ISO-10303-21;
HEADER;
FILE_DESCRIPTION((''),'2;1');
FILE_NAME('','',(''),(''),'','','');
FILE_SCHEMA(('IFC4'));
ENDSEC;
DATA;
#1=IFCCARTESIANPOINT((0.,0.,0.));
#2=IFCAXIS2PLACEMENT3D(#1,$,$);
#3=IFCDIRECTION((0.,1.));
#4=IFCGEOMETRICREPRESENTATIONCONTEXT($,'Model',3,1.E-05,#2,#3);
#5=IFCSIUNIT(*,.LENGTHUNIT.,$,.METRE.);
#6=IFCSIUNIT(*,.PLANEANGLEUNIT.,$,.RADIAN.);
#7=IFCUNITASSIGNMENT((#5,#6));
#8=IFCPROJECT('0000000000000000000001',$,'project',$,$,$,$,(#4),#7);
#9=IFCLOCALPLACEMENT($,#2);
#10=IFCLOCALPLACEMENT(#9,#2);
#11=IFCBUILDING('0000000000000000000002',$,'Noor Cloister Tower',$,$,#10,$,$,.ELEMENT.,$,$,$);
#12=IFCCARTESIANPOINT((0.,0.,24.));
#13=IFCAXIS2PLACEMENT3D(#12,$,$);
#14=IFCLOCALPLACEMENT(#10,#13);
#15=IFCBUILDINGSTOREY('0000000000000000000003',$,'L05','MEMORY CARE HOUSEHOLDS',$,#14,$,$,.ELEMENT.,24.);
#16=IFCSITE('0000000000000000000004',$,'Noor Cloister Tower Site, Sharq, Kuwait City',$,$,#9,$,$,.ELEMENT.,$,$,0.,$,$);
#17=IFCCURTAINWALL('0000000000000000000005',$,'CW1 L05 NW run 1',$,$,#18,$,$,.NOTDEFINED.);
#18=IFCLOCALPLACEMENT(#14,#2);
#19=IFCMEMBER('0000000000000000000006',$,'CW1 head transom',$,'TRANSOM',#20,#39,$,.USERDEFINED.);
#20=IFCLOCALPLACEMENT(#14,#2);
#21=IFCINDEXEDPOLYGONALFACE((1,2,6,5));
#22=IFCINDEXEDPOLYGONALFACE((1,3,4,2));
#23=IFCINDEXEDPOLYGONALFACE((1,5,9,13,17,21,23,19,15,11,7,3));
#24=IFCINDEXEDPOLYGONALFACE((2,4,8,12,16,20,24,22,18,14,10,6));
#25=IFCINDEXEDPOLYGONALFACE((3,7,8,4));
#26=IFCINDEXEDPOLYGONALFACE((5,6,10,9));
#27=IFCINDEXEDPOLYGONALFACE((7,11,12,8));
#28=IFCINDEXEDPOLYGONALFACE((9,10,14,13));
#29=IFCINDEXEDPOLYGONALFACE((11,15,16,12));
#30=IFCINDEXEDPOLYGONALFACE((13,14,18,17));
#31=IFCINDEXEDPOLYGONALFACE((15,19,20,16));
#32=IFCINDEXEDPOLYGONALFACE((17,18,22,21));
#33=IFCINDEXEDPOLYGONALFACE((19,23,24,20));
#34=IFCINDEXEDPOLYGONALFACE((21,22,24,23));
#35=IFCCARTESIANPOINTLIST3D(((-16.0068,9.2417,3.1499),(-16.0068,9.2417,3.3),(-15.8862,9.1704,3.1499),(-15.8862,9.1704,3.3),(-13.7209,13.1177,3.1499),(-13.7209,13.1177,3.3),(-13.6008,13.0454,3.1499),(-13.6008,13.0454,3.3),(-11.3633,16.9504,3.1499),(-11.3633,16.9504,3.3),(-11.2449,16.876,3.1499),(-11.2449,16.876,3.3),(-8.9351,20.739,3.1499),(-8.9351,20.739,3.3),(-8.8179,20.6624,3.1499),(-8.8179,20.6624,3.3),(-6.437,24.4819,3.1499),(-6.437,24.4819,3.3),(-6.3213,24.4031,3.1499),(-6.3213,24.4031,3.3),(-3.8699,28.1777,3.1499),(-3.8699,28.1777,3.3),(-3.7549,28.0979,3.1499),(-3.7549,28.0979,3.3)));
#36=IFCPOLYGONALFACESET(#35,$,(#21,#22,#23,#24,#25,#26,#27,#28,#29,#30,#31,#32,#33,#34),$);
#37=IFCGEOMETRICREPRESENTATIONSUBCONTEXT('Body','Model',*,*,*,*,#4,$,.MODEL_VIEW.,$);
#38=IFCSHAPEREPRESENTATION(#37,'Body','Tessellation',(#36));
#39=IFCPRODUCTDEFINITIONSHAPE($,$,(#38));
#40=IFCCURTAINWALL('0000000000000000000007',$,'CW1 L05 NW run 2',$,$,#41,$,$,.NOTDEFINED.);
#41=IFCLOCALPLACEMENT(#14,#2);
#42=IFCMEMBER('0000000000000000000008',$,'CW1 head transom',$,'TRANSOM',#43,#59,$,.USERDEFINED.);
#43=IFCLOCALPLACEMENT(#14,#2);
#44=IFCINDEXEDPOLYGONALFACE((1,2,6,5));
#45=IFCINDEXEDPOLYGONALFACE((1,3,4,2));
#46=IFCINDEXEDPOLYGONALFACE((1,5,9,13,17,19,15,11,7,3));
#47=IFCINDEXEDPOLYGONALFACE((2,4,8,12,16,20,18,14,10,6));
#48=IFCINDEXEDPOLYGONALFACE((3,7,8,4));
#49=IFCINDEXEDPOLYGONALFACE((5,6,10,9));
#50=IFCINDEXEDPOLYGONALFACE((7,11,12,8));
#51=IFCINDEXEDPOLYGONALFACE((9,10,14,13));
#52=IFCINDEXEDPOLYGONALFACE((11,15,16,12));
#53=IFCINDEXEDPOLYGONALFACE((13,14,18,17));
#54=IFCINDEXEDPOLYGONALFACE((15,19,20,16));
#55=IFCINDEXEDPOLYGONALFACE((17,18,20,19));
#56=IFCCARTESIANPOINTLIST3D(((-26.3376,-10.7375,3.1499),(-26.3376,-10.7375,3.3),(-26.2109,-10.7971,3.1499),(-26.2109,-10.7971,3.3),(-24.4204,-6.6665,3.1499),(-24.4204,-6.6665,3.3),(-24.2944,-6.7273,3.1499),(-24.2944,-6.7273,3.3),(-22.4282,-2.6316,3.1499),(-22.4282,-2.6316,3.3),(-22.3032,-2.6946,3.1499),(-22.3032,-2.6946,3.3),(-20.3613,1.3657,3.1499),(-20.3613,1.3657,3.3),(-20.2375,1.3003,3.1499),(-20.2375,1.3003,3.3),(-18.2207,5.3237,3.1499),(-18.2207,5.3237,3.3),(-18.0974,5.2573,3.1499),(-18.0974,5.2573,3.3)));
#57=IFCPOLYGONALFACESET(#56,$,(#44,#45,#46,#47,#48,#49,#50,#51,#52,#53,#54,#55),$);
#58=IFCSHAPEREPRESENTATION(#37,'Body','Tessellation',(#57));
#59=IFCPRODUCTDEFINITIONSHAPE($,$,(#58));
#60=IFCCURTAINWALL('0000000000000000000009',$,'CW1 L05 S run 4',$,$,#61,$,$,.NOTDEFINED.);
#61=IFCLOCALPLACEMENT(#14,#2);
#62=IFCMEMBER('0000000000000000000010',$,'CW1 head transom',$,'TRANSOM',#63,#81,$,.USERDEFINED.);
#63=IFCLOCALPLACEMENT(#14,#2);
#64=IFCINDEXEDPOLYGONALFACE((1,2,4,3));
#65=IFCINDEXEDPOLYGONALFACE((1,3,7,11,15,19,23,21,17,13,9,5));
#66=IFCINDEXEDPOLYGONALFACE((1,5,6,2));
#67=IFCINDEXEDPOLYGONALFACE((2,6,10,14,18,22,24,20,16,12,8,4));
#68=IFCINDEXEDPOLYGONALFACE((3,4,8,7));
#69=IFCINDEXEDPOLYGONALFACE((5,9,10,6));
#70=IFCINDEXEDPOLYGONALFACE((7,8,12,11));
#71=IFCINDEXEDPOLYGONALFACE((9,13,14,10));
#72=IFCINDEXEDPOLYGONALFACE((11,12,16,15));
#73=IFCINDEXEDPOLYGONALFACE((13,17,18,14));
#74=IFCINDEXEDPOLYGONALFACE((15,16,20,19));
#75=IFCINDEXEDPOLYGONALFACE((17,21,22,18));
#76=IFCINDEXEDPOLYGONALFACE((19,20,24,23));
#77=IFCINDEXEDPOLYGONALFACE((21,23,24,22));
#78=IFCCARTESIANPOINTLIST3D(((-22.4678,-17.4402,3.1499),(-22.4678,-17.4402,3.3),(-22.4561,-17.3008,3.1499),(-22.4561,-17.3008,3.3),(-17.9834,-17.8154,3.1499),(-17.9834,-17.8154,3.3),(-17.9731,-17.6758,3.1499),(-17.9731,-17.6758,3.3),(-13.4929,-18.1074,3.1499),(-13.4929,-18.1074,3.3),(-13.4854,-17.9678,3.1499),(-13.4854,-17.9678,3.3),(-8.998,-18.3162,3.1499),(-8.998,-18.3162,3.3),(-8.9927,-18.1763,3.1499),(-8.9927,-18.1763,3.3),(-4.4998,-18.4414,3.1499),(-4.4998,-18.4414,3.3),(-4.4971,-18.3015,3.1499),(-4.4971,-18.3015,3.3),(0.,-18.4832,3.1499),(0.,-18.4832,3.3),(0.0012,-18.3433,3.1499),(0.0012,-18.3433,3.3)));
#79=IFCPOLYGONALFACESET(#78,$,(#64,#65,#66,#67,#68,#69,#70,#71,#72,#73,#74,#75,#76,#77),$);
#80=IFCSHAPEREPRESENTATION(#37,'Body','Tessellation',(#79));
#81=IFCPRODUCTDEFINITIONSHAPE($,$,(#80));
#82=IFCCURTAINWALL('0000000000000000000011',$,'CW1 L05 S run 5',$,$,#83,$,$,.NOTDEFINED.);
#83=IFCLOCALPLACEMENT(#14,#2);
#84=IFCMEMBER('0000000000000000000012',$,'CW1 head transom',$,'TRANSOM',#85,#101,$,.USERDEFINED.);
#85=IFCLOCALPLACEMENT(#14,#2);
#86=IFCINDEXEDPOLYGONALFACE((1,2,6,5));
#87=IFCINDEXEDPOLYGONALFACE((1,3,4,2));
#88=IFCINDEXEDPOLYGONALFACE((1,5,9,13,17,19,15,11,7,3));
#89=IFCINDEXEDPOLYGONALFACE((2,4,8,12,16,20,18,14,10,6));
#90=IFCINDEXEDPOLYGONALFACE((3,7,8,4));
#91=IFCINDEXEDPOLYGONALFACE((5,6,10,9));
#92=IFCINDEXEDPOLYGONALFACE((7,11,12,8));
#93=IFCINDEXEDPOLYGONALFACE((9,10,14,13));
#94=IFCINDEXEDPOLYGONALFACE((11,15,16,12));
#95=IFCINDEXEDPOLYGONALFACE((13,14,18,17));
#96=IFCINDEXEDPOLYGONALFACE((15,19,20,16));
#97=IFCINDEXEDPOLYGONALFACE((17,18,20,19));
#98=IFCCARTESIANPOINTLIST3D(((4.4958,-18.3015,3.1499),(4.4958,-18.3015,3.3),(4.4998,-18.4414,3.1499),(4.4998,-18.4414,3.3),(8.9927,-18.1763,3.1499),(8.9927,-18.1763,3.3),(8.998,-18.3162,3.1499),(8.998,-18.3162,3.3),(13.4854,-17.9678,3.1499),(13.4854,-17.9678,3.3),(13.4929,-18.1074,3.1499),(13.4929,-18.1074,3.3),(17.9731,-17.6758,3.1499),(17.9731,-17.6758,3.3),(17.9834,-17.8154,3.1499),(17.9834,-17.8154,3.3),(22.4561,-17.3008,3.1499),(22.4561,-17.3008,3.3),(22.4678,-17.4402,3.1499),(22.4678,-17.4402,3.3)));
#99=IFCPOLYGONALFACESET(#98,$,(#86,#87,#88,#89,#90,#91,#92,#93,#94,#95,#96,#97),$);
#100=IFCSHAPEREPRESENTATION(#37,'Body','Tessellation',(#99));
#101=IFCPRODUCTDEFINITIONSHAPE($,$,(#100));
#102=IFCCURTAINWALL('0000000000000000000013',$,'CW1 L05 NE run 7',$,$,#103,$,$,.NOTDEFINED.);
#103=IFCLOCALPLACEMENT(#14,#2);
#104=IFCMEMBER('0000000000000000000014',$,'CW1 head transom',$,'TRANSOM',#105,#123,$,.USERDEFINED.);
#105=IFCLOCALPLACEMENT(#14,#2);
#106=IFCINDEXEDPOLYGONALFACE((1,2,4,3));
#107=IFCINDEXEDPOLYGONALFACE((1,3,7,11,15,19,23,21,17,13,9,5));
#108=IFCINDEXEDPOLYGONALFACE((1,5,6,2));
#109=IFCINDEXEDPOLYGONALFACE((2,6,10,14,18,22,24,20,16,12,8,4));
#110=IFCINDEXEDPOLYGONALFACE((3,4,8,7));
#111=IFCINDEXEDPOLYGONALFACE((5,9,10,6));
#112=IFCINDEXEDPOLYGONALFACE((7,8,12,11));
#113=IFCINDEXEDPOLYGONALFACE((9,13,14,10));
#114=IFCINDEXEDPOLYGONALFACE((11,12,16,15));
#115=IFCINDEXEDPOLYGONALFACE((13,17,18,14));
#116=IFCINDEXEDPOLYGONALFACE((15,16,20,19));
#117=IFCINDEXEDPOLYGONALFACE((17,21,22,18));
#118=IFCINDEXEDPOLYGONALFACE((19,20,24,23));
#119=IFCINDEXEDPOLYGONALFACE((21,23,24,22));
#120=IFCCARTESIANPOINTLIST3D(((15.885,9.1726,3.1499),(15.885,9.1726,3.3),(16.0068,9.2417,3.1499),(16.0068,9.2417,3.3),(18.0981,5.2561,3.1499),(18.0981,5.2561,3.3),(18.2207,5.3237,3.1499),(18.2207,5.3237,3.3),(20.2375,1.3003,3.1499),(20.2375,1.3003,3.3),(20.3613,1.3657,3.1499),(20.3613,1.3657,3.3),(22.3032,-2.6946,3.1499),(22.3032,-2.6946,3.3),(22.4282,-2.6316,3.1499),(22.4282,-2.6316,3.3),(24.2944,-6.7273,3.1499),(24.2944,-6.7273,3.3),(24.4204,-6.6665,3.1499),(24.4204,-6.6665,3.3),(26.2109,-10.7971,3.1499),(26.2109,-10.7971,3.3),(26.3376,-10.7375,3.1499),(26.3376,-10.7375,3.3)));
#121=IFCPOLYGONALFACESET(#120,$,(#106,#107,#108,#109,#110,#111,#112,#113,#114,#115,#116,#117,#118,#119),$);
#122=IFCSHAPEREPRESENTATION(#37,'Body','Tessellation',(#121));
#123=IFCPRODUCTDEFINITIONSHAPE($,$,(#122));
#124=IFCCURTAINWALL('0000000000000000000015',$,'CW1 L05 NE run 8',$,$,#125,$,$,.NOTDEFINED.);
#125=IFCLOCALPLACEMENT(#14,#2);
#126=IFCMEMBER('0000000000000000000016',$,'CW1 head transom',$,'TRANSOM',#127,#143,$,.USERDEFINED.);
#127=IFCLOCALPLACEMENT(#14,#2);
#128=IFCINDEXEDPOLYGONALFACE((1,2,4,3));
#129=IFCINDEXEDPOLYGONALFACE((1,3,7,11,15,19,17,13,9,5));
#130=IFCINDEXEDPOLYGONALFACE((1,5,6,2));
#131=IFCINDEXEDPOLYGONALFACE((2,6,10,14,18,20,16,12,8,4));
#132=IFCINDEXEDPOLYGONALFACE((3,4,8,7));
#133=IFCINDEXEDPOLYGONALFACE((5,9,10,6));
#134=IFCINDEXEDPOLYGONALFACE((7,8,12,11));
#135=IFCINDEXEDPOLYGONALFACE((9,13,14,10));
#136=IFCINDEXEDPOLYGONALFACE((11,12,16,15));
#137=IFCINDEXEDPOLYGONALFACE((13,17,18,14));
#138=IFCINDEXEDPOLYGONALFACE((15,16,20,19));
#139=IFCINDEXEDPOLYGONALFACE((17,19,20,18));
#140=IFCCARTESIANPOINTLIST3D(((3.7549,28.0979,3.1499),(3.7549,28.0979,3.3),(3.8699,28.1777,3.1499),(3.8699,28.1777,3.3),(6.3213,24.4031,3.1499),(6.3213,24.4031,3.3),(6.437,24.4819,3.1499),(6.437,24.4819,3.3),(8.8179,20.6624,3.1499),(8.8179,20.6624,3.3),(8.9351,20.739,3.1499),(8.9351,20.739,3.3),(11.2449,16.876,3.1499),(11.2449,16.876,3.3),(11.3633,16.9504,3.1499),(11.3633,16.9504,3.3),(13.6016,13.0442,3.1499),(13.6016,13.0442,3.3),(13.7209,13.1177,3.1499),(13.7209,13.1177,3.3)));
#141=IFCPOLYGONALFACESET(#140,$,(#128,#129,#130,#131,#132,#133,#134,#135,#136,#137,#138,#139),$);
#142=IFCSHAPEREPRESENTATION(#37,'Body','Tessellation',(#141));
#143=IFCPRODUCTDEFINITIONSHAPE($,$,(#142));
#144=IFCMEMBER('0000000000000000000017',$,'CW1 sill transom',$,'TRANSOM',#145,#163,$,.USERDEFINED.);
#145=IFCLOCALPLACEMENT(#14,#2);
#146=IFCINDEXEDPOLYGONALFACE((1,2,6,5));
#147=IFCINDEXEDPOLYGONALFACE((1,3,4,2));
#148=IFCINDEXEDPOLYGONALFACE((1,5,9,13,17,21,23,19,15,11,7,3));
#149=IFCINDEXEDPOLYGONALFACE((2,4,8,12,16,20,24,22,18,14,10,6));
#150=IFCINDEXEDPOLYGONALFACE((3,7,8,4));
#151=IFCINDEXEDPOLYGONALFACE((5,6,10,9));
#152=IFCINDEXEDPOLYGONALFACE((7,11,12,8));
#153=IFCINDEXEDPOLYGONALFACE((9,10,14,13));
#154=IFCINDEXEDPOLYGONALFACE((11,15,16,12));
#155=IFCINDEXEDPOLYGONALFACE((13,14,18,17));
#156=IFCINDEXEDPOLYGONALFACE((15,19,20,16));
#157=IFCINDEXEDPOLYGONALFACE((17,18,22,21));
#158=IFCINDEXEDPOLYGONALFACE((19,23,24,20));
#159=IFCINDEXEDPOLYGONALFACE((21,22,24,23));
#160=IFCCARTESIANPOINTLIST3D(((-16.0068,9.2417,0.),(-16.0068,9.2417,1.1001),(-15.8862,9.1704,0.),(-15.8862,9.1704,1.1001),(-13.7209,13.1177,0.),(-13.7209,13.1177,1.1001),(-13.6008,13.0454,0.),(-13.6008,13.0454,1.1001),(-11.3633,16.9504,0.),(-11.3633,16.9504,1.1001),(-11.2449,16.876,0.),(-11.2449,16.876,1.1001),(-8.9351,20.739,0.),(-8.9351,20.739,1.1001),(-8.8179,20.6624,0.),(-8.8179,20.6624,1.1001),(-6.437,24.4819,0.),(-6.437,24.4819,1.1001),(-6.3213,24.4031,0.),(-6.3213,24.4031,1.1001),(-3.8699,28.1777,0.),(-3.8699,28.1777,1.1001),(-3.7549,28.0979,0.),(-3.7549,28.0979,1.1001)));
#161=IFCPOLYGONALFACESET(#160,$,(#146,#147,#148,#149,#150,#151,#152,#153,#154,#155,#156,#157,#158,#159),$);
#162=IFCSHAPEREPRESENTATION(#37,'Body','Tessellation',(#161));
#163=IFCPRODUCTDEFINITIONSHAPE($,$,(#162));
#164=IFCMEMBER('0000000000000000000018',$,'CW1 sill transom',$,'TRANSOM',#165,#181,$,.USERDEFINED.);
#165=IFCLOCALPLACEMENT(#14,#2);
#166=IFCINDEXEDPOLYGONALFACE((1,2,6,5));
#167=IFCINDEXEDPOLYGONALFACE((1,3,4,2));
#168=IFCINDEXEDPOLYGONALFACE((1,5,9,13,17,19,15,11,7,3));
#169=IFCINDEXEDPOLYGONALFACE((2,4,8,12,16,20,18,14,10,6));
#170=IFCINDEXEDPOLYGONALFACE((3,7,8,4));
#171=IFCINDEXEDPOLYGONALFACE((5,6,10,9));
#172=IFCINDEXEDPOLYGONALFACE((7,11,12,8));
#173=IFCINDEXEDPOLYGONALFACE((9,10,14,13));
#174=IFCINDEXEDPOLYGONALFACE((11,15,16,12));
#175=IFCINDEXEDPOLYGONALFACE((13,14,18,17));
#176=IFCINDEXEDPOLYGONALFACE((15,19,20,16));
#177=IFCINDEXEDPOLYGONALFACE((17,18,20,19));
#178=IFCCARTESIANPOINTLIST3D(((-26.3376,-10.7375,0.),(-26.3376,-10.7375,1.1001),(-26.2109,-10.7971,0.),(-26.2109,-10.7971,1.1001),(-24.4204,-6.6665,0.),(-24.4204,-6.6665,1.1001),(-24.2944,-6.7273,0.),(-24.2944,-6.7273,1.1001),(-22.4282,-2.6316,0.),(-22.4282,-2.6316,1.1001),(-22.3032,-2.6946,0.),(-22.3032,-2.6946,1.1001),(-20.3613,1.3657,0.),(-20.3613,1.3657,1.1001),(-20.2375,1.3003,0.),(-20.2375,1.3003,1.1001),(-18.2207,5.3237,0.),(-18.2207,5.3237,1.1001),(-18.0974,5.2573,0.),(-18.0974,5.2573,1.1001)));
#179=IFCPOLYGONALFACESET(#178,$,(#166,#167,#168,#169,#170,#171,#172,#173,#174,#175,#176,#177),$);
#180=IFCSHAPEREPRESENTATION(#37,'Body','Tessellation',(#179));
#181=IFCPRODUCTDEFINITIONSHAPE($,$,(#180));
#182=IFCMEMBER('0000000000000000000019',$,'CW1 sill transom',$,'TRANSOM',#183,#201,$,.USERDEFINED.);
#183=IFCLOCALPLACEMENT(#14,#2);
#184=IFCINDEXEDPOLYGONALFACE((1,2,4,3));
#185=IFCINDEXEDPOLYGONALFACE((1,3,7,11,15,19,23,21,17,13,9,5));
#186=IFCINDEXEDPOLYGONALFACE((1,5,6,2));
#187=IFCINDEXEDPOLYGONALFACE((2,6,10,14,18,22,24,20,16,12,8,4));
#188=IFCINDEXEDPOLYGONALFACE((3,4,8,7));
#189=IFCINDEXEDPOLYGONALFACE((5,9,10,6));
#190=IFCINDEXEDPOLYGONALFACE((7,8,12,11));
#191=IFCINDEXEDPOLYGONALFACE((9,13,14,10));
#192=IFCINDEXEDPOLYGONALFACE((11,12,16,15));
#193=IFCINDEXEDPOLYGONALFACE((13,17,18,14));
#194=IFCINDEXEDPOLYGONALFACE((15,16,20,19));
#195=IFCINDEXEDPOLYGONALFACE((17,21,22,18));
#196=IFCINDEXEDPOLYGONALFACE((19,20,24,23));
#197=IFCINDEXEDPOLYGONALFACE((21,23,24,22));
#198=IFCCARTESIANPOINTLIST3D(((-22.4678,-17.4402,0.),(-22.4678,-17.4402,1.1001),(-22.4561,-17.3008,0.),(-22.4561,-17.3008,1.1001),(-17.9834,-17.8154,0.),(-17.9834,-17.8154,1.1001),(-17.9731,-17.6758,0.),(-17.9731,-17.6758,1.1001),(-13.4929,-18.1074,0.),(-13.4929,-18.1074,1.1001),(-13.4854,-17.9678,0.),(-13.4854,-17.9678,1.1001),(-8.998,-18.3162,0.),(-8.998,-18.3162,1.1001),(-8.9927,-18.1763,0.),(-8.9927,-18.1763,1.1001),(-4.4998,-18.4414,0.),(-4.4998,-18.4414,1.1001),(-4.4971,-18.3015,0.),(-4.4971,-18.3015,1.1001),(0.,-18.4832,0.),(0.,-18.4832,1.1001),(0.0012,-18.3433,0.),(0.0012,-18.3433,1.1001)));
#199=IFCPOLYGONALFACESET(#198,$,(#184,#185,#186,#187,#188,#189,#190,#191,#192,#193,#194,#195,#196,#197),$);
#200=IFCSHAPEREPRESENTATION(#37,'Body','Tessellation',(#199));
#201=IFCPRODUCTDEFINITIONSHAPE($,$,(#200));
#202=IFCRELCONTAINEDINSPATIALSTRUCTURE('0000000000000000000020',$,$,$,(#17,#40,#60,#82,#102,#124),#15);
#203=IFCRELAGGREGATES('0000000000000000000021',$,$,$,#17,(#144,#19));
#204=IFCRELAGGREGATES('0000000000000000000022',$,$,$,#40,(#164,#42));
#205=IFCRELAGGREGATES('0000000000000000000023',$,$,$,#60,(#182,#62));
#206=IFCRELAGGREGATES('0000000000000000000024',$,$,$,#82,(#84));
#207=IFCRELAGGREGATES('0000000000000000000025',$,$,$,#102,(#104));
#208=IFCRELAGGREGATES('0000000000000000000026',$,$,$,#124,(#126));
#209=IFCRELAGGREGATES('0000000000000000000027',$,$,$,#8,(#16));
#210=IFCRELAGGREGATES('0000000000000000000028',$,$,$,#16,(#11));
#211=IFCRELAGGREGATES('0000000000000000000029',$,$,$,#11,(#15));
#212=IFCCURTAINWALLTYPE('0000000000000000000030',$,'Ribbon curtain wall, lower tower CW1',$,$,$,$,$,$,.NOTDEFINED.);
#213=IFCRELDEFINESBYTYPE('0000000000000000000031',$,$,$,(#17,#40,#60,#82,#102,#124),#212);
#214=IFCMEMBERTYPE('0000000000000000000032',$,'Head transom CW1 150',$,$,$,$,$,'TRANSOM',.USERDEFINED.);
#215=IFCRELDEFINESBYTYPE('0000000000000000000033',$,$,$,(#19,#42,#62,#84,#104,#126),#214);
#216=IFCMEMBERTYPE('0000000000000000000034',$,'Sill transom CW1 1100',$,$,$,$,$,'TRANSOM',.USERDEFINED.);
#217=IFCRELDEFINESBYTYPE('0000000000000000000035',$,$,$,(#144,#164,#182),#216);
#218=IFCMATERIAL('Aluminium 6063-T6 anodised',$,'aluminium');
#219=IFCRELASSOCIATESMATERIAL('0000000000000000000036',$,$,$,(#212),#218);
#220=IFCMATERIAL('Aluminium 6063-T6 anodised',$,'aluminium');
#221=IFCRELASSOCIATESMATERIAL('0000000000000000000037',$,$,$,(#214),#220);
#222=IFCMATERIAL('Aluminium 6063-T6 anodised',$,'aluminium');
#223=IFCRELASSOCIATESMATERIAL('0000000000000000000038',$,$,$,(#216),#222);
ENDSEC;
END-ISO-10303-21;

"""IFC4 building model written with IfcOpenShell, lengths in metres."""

from ifc_helpers import new_model, si_unit, direction, frame, origin, place, context, subcontext, project, spatial, polyline, outline, extrude, material, type_object, element, aggregate, save


model = new_model("IFC4")

# Units and contexts
model_context = context("Model", 3, precision=1e-05, world=origin(), true_north=direction((0.0, 1.0)))
body_context = subcontext(model_context, "Body", "Model", "MODEL_VIEW")
ifc_project = project(units=[si_unit("LENGTHUNIT", "METRE"), si_unit("PLANEANGLEUNIT", "RADIAN")], contexts=[model_context])

# Site, building, storey
site_placement = place(None, origin())
site = spatial("IfcSite", under=ifc_project, at=site_placement, Name="Noor Cloister Tower Site, Sharq, Kuwait City", CompositionType="ELEMENT", RefElevation=0.0)
building_placement = place(site_placement, origin())
building = spatial("IfcBuilding", under=site, at=building_placement, Name="Noor Cloister Tower", CompositionType="ELEMENT")
storey_placement = place(building_placement, frame((0.0, 0.0, 24.0)))
storey = spatial("IfcBuildingStorey", under=building, at=storey_placement, Name="L05", Description="MEMORY CARE HOUSEHOLDS", CompositionType="ELEMENT", Elevation=24.0)

# Curtain walls, members
ifc_material_1 = material(Name="Aluminium 6063-T6 anodised", Category="aluminium")
curtain_wall_type = type_object("IfcCurtainWallType", Name="Ribbon curtain wall, lower tower CW1", PredefinedType="NOTDEFINED", material=ifc_material_1)
curtain_wall_1_placement = place(storey_placement, origin())
curtain_wall_1 = element("IfcCurtainWall", 1, at=curtain_wall_1_placement, inside=storey, type_object=curtain_wall_type, Name="CW1 L05 NW run 1", PredefinedType="NOTDEFINED")
ifc_material_2 = material(Name="Aluminium 6063-T6 anodised", Category="aluminium")
member_type_1 = type_object("IfcMemberType", Name="Head transom CW1 150", ElementType="TRANSOM", PredefinedType="USERDEFINED", material=ifc_material_2)
member_1_placement = place(storey_placement, frame((0.0, 0.0, 3.1499)))
member_1 = element("IfcMember", 2, at=member_1_placement, type_object=member_type_1, Name="CW1 head transom", ObjectType="TRANSOM", PredefinedType="USERDEFINED", context=body_context, shape_type="SweptSolid", body=[
    extrude(outline(polyline([(-3.8699, 28.1777), (-6.437, 24.4819), (-8.9351, 20.739), (-11.3633, 16.9504), (-13.7209, 13.1177), (-16.0068, 9.2417), (-15.8862, 9.1704), (-13.6008, 13.0454), (-11.2449, 16.876), (-8.8179, 20.6624), (-6.3213, 24.4031), (-3.7549, 28.0979), (-3.8699, 28.1777)])), origin(), (0.0, 0.0, 1.0), 0.1501),
])
curtain_wall_2_placement = place(storey_placement, origin())
curtain_wall_2 = element("IfcCurtainWall", 3, at=curtain_wall_2_placement, inside=storey, type_object=curtain_wall_type, Name="CW1 L05 NW run 2", PredefinedType="NOTDEFINED")
member_2_placement = place(storey_placement, frame((0.0, 0.0, 3.1499)))
member_2 = element("IfcMember", 4, at=member_2_placement, type_object=member_type_1, Name="CW1 head transom", ObjectType="TRANSOM", PredefinedType="USERDEFINED", context=body_context, shape_type="SweptSolid", body=[
    extrude(outline(polyline([(-18.2207, 5.3237), (-20.3613, 1.3657), (-22.4282, -2.6316), (-24.4204, -6.6665), (-26.3376, -10.7375), (-26.2109, -10.7971), (-24.2944, -6.7273), (-22.3032, -2.6946), (-20.2375, 1.3003), (-18.0974, 5.2573), (-18.2207, 5.3237)])), origin(), (0.0, 0.0, 1.0), 0.1501),
])
curtain_wall_3_placement = place(storey_placement, origin())
curtain_wall_3 = element("IfcCurtainWall", 5, at=curtain_wall_3_placement, inside=storey, type_object=curtain_wall_type, Name="CW1 L05 S run 4", PredefinedType="NOTDEFINED")
member_3_placement = place(storey_placement, frame((0.0, 0.0, 3.1499)))
member_3 = element("IfcMember", 6, at=member_3_placement, type_object=member_type_1, Name="CW1 head transom", ObjectType="TRANSOM", PredefinedType="USERDEFINED", context=body_context, shape_type="SweptSolid", body=[
    extrude(outline(polyline([(-22.4678, -17.4402), (-17.9834, -17.8154), (-13.4929, -18.1074), (-8.998, -18.3162), (-4.4998, -18.4414), (0.0, -18.4832), (0.0012, -18.3433), (-4.4971, -18.3015), (-8.9927, -18.1763), (-13.4854, -17.9678), (-17.9731, -17.6758), (-22.4561, -17.3008), (-22.4678, -17.4402)])), origin(), (0.0, 0.0, 1.0), 0.1501),
])
curtain_wall_4_placement = place(storey_placement, origin())
curtain_wall_4 = element("IfcCurtainWall", 7, at=curtain_wall_4_placement, inside=storey, type_object=curtain_wall_type, Name="CW1 L05 S run 5", PredefinedType="NOTDEFINED")
member_4_placement = place(storey_placement, frame((0.0, 0.0, 3.1499)))
member_4 = element("IfcMember", 8, at=member_4_placement, type_object=member_type_1, Name="CW1 head transom", ObjectType="TRANSOM", PredefinedType="USERDEFINED", context=body_context, shape_type="SweptSolid", body=[
    extrude(outline(polyline([(4.4998, -18.4414), (8.998, -18.3162), (13.4929, -18.1074), (17.9834, -17.8154), (22.4678, -17.4402), (22.4561, -17.3008), (17.9731, -17.6758), (13.4854, -17.9678), (8.9927, -18.1763), (4.4958, -18.3015), (4.4998, -18.4414)])), origin(), (0.0, 0.0, 1.0), 0.1501),
])
curtain_wall_5_placement = place(storey_placement, origin())
curtain_wall_5 = element("IfcCurtainWall", 9, at=curtain_wall_5_placement, inside=storey, type_object=curtain_wall_type, Name="CW1 L05 NE run 7", PredefinedType="NOTDEFINED")
member_5_placement = place(storey_placement, frame((0.0, 0.0, 3.1499)))
member_5 = element("IfcMember", 10, at=member_5_placement, type_object=member_type_1, Name="CW1 head transom", ObjectType="TRANSOM", PredefinedType="USERDEFINED", context=body_context, shape_type="SweptSolid", body=[
    extrude(outline(polyline([(26.3376, -10.7375), (24.4204, -6.6665), (22.4282, -2.6316), (20.3613, 1.3657), (18.2207, 5.3237), (16.0068, 9.2417), (15.885, 9.1726), (18.0981, 5.2561), (20.2375, 1.3003), (22.3032, -2.6946), (24.2944, -6.7273), (26.2109, -10.7971), (26.3376, -10.7375)])), origin(), (0.0, 0.0, 1.0), 0.1501),
])
curtain_wall_6_placement = place(storey_placement, origin())
curtain_wall_6 = element("IfcCurtainWall", 11, at=curtain_wall_6_placement, inside=storey, type_object=curtain_wall_type, Name="CW1 L05 NE run 8", PredefinedType="NOTDEFINED")
member_6_placement = place(storey_placement, frame((0.0, 0.0, 3.1499)))
member_6 = element("IfcMember", 12, at=member_6_placement, type_object=member_type_1, Name="CW1 head transom", ObjectType="TRANSOM", PredefinedType="USERDEFINED", context=body_context, shape_type="SweptSolid", body=[
    extrude(outline(polyline([(13.7209, 13.1177), (11.3633, 16.9504), (8.9351, 20.739), (6.437, 24.4819), (3.8699, 28.1777), (3.7549, 28.0979), (6.3213, 24.4031), (8.8179, 20.6624), (11.2449, 16.876), (13.6016, 13.0442), (13.7209, 13.1177)])), origin(), (0.0, 0.0, 1.0), 0.1501),
])

# Members
ifc_material_3 = material(Name="Aluminium 6063-T6 anodised", Category="aluminium")
member_type_2 = type_object("IfcMemberType", Name="Sill transom CW1 1100", ElementType="TRANSOM", PredefinedType="USERDEFINED", material=ifc_material_3)
member_7_placement = place(storey_placement, origin())
member_7 = element("IfcMember", 13, at=member_7_placement, type_object=member_type_2, Name="CW1 sill transom", ObjectType="TRANSOM", PredefinedType="USERDEFINED", context=body_context, shape_type="SweptSolid", body=[
    extrude(outline(polyline([(-3.8699, 28.1777), (-6.437, 24.4819), (-8.9351, 20.739), (-11.3633, 16.9504), (-13.7209, 13.1177), (-16.0068, 9.2417), (-15.8862, 9.1704), (-13.6008, 13.0454), (-11.2449, 16.876), (-8.8179, 20.6624), (-6.3213, 24.4031), (-3.7549, 28.0979), (-3.8699, 28.1777)])), origin(), (0.0, 0.0, 1.0), 1.1001),
])
aggregate(curtain_wall_1, [member_7, member_1])
member_8_placement = place(storey_placement, origin())
member_8 = element("IfcMember", 14, at=member_8_placement, type_object=member_type_2, Name="CW1 sill transom", ObjectType="TRANSOM", PredefinedType="USERDEFINED", context=body_context, shape_type="SweptSolid", body=[
    extrude(outline(polyline([(-18.2207, 5.3237), (-20.3613, 1.3657), (-22.4282, -2.6316), (-24.4204, -6.6665), (-26.3376, -10.7375), (-26.2109, -10.7971), (-24.2944, -6.7273), (-22.3032, -2.6946), (-20.2375, 1.3003), (-18.0974, 5.2573), (-18.2207, 5.3237)])), origin(), (0.0, 0.0, 1.0), 1.1001),
])
aggregate(curtain_wall_2, [member_8, member_2])
member_9_placement = place(storey_placement, origin())
member_9 = element("IfcMember", 15, at=member_9_placement, type_object=member_type_2, Name="CW1 sill transom", ObjectType="TRANSOM", PredefinedType="USERDEFINED", context=body_context, shape_type="SweptSolid", body=[
    extrude(outline(polyline([(-22.4678, -17.4402), (-17.9834, -17.8154), (-13.4929, -18.1074), (-8.998, -18.3162), (-4.4998, -18.4414), (0.0, -18.4832), (0.0012, -18.3433), (-4.4971, -18.3015), (-8.9927, -18.1763), (-13.4854, -17.9678), (-17.9731, -17.6758), (-22.4561, -17.3008), (-22.4678, -17.4402)])), origin(), (0.0, 0.0, 1.0), 1.1001),
])
aggregate(curtain_wall_3, [member_9, member_3])
aggregate(curtain_wall_4, [member_4])
aggregate(curtain_wall_5, [member_5])
aggregate(curtain_wall_6, [member_6])

save(model, "model.ifc")
